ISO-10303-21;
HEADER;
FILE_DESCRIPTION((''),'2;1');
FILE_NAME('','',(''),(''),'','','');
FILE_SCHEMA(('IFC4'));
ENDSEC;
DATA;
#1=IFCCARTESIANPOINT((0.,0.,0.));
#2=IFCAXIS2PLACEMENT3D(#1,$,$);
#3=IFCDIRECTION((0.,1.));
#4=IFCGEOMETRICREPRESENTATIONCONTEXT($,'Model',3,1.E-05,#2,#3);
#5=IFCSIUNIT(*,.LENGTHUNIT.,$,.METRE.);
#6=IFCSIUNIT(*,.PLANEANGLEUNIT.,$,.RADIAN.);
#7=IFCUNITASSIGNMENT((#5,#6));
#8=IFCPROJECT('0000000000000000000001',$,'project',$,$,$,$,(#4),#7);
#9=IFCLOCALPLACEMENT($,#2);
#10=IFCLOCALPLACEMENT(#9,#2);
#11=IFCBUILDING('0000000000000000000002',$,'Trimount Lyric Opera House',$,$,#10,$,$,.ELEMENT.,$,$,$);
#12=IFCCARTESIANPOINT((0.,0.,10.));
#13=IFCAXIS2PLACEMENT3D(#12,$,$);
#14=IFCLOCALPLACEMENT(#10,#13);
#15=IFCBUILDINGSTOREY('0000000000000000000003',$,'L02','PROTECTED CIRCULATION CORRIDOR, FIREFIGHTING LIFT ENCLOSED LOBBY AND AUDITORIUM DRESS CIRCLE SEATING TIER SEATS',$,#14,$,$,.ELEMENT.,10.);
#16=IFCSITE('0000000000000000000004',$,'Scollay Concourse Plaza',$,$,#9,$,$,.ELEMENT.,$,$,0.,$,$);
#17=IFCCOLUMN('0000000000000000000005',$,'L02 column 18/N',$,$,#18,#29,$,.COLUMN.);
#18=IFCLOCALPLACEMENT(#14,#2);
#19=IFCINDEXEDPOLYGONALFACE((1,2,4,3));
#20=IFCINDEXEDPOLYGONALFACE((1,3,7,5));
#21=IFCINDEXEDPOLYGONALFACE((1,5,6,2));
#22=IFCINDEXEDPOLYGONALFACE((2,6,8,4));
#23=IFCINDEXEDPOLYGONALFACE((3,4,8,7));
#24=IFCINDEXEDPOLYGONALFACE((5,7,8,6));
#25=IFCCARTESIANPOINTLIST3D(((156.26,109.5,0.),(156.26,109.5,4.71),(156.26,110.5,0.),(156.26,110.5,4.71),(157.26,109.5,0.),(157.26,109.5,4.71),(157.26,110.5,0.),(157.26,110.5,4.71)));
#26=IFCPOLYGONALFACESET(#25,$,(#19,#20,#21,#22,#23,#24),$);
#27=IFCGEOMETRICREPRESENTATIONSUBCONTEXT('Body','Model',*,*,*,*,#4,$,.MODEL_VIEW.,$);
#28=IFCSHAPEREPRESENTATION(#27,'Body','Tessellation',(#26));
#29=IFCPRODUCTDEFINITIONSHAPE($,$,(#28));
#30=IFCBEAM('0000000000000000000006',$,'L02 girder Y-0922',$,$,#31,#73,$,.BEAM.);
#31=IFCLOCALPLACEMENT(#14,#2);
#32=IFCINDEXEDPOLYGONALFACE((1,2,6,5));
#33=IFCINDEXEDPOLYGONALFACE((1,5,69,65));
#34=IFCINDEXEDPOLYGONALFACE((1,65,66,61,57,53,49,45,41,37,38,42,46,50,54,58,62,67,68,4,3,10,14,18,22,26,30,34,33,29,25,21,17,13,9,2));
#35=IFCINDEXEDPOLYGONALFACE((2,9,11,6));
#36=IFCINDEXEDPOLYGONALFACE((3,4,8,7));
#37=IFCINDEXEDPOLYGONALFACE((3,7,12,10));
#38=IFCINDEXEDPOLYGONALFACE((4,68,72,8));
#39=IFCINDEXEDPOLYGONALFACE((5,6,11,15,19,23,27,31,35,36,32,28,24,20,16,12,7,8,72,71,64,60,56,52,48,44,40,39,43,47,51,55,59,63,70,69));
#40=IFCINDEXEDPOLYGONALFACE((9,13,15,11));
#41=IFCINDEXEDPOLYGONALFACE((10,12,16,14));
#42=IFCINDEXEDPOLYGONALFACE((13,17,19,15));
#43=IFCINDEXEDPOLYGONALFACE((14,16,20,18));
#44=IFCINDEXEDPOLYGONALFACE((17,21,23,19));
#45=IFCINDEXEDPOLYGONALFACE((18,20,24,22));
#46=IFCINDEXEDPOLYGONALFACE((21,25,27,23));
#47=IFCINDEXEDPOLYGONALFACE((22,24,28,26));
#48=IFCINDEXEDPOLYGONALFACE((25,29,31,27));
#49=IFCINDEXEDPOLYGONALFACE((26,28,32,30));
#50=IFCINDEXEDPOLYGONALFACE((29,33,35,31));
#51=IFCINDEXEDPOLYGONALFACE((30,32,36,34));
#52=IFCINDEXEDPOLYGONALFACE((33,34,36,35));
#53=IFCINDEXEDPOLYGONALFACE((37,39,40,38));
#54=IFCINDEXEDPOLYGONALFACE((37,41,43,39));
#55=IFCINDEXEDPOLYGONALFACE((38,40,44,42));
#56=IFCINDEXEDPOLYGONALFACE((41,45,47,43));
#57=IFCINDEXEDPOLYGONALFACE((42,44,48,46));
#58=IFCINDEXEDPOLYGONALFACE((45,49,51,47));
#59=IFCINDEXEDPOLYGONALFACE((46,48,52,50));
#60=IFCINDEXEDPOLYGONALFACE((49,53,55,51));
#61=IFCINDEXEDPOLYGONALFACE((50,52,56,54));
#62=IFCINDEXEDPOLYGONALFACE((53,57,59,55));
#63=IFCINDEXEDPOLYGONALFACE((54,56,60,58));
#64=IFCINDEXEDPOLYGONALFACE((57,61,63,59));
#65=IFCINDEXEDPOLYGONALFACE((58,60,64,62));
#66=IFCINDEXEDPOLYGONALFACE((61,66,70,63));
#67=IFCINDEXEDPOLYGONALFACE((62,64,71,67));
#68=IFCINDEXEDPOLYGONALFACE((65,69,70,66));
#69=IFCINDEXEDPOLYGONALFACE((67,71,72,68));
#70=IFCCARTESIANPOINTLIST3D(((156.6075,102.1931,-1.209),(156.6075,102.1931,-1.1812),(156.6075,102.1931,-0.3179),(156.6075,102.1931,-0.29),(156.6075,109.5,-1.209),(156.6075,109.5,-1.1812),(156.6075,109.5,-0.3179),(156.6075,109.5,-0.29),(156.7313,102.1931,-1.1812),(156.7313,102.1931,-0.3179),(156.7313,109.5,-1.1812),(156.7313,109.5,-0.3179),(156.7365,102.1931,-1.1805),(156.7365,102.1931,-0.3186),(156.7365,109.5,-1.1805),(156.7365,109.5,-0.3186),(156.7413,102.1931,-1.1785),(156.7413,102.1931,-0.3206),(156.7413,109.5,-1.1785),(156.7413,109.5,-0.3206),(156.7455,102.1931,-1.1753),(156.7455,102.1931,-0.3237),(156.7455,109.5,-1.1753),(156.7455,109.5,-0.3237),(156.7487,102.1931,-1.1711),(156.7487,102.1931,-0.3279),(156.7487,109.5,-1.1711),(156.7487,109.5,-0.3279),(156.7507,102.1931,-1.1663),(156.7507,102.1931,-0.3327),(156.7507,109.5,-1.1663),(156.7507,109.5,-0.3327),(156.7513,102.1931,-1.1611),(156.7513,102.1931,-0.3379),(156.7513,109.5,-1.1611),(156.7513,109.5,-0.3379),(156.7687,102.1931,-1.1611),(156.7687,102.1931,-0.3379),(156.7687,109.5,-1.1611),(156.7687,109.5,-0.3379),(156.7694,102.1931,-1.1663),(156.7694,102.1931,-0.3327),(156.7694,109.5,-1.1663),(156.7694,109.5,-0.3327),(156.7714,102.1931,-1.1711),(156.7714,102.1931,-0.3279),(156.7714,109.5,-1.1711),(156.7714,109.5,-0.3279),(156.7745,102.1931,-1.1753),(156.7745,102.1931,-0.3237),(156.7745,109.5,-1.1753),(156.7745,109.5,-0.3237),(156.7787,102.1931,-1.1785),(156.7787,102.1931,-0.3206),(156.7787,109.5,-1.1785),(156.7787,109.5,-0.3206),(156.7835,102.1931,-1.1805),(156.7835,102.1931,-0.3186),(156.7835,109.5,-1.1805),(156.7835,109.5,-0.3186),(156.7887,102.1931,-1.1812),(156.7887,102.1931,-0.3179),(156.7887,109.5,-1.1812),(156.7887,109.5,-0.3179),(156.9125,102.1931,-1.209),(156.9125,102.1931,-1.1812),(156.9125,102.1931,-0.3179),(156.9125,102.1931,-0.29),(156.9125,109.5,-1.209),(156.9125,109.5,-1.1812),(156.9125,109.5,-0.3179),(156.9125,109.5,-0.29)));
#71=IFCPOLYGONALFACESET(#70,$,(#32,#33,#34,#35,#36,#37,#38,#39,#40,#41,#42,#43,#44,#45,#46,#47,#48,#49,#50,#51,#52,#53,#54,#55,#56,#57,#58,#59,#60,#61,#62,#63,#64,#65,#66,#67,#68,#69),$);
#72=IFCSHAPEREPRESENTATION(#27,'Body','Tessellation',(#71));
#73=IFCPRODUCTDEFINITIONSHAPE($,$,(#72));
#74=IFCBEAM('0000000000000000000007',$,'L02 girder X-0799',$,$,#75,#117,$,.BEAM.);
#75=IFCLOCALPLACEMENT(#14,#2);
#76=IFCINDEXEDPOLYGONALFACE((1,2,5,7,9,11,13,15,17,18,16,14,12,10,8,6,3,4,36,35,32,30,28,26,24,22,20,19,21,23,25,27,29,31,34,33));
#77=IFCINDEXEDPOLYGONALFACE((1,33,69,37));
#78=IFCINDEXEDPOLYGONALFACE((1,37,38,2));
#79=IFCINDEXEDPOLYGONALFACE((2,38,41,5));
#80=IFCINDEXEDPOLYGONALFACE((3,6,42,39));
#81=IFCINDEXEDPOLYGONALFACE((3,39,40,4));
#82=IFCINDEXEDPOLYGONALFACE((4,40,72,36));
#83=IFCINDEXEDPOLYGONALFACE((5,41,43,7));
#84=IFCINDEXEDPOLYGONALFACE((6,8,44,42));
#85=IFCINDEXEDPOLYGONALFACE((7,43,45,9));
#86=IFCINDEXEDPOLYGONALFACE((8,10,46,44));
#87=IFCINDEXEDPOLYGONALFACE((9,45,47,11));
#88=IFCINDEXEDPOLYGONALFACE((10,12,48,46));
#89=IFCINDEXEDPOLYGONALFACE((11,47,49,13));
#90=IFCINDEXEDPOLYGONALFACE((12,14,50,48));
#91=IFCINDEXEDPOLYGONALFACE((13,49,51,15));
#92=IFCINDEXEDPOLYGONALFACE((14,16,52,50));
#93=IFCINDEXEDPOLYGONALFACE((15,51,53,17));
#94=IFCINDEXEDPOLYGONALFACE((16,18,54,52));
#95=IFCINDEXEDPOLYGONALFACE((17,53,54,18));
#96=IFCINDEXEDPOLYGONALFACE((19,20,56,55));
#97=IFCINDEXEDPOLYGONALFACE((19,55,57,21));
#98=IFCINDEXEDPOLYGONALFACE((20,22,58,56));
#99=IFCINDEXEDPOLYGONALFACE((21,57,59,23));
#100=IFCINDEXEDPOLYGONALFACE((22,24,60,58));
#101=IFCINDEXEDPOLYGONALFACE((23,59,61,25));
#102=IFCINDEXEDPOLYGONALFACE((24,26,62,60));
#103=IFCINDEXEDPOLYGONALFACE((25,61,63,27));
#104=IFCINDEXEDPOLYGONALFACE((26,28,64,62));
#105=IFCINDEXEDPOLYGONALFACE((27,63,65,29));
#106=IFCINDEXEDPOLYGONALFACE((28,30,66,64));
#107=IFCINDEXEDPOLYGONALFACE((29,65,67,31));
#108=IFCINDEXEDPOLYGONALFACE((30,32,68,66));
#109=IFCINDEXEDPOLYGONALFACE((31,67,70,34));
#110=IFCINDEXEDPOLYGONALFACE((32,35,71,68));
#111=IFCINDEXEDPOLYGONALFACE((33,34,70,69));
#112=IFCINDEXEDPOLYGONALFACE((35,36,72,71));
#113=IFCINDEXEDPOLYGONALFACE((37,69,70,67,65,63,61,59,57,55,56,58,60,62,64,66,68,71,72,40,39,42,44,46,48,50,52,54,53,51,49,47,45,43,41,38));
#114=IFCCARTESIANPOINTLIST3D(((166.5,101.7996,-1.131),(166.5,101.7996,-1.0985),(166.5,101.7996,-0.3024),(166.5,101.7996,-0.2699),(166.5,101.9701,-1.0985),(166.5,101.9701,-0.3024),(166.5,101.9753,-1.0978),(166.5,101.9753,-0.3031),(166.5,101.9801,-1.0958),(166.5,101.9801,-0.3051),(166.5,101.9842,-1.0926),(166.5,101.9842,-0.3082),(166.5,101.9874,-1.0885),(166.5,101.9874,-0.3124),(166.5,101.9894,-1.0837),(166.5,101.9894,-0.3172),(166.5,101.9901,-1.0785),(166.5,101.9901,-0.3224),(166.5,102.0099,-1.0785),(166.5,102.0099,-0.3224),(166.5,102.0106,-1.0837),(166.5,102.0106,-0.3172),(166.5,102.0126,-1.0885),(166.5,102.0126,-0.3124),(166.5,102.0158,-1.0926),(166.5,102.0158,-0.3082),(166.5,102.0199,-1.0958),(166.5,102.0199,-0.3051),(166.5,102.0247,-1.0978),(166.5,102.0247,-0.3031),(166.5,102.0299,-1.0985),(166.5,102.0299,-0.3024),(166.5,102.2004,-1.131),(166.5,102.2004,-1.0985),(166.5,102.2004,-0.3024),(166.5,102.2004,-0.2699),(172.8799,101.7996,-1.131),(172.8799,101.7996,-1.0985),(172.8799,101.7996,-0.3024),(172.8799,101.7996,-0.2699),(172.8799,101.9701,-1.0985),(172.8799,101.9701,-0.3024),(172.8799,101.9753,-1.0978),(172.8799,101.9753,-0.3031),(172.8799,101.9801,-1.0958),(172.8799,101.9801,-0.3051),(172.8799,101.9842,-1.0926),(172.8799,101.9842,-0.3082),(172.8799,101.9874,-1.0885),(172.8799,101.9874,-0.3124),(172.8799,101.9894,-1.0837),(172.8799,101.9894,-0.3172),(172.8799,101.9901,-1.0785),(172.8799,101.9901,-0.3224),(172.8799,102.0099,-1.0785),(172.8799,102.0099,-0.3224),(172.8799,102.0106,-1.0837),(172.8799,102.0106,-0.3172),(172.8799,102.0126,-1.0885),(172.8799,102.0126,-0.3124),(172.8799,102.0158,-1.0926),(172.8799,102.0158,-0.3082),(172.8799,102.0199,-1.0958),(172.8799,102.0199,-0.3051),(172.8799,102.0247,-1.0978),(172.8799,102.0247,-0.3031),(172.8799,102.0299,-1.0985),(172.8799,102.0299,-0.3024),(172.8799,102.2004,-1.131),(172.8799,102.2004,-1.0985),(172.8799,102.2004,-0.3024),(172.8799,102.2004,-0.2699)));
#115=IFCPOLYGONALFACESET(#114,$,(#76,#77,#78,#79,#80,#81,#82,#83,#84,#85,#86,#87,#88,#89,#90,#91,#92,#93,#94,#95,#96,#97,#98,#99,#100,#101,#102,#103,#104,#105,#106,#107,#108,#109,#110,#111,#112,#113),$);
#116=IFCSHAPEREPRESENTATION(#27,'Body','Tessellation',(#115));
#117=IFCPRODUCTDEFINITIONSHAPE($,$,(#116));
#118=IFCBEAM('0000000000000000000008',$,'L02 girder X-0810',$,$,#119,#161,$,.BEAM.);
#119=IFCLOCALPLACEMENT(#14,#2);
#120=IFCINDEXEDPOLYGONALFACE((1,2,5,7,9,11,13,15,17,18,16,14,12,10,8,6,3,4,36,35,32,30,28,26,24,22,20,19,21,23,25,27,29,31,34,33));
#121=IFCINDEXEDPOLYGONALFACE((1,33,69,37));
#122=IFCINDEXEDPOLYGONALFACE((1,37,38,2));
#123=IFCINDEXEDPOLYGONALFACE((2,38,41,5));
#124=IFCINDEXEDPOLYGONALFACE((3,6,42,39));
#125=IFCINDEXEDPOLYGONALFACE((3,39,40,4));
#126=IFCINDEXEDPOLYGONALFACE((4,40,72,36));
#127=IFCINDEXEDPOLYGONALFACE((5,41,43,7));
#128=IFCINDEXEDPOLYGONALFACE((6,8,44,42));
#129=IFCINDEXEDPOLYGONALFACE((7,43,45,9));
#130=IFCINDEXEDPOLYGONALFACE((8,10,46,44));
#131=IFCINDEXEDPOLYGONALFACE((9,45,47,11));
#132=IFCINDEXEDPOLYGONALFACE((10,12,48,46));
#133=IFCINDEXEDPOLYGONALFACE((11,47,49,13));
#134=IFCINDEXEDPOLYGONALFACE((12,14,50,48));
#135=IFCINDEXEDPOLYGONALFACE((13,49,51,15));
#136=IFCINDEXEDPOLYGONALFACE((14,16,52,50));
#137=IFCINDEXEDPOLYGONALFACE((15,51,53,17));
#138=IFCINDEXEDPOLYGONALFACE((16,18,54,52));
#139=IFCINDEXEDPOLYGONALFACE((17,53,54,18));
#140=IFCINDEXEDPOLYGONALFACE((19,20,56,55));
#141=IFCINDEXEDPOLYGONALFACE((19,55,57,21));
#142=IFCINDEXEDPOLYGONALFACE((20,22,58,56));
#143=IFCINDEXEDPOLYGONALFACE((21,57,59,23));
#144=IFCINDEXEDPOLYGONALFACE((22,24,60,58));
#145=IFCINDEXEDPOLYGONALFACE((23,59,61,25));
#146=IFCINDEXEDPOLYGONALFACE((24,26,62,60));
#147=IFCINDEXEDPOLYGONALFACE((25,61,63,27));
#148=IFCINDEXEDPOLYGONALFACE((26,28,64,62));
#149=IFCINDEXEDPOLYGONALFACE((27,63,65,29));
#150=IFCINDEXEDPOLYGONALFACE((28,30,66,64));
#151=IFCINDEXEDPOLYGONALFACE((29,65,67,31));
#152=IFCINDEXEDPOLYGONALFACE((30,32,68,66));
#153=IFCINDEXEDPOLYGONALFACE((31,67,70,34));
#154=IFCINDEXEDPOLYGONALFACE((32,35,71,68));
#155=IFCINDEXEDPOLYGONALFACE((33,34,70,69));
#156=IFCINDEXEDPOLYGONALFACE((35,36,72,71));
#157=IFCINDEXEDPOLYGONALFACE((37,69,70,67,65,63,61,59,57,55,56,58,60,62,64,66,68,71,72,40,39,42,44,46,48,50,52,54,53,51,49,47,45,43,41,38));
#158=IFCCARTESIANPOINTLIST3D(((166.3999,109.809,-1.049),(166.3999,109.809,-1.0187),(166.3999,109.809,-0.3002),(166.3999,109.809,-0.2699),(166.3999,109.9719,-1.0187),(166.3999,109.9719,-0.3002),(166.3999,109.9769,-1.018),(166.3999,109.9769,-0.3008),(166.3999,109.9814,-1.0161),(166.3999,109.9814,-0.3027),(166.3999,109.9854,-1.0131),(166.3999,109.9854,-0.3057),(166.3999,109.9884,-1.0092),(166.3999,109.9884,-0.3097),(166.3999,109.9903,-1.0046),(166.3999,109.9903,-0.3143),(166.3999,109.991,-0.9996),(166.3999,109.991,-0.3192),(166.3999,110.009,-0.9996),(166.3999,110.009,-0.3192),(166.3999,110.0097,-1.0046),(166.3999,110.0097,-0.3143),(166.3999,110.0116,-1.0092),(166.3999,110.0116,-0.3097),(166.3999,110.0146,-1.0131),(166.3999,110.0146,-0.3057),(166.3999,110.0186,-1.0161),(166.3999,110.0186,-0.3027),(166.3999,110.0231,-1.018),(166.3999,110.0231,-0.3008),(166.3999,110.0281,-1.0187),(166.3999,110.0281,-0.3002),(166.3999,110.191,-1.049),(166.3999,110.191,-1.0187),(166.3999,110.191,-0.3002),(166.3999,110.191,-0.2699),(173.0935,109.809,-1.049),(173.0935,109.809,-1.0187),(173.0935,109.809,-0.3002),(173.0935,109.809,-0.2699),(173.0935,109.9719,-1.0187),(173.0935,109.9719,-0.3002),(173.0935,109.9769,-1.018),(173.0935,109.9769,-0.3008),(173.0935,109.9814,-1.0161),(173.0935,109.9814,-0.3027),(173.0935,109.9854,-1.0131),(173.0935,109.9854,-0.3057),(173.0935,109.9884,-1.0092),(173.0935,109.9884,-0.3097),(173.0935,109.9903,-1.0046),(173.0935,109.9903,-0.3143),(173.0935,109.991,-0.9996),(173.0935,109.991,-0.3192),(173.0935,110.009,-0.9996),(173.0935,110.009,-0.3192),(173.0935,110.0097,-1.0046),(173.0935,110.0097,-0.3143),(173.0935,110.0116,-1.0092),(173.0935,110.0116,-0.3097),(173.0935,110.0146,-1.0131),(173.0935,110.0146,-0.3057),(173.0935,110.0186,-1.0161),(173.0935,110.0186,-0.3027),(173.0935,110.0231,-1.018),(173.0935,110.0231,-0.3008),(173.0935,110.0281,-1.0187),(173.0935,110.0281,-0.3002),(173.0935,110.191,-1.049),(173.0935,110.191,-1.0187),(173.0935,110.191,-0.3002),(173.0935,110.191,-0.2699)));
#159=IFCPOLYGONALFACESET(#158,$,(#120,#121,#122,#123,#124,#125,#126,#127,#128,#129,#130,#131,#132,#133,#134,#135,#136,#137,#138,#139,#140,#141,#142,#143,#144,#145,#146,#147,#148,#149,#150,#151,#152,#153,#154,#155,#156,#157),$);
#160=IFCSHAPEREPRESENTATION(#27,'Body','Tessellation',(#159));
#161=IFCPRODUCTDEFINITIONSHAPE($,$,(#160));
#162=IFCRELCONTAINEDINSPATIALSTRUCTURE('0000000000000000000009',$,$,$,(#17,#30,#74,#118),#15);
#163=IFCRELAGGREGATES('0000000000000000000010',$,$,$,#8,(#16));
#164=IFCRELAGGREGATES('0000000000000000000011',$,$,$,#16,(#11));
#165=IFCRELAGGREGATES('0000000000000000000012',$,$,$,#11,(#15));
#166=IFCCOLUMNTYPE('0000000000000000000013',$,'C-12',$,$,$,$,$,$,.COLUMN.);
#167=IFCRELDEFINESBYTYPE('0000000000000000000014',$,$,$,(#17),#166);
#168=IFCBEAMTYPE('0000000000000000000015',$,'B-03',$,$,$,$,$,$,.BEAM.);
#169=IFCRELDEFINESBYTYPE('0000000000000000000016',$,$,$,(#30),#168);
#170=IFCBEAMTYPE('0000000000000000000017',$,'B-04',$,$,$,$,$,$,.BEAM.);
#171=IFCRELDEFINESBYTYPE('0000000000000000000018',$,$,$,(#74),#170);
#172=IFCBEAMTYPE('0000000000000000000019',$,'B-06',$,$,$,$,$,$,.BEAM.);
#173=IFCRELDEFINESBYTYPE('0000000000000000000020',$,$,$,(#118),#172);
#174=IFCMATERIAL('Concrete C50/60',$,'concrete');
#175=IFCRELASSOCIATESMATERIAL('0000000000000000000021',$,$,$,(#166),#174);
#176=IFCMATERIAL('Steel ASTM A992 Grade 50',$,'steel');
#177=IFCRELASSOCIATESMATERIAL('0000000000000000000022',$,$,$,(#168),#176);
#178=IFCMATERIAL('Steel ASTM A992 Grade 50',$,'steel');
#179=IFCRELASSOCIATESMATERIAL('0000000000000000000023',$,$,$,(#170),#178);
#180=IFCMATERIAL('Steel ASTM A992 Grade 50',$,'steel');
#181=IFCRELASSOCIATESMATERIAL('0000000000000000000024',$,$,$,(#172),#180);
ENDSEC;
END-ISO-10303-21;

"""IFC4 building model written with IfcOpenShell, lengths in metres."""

from ifc_helpers import new_model, si_unit, direction, frame, origin, origin_2d, place, context, subcontext, project, spatial, rectangle, i_section, extrude, material, material_profile, profile_set, type_object, element, save


model = new_model("IFC4")

# Units and contexts
model_context = context("Model", 3, precision=1e-05, world=origin(), true_north=direction((0.0, 1.0)))
body_context = subcontext(model_context, "Body", "Model", "MODEL_VIEW")
ifc_project = project(units=[si_unit("LENGTHUNIT", "METRE"), si_unit("PLANEANGLEUNIT", "RADIAN")], contexts=[model_context])

# Site, building, storey
site_placement = place(None, origin())
site = spatial("IfcSite", under=ifc_project, at=site_placement, Name="Scollay Concourse Plaza", CompositionType="ELEMENT", RefElevation=0.0)
building_placement = place(site_placement, origin())
building = spatial("IfcBuilding", under=site, at=building_placement, Name="Trimount Lyric Opera House", CompositionType="ELEMENT")
storey_placement = place(building_placement, frame((0.0, 0.0, 10.0)))
storey = spatial("IfcBuildingStorey", under=building, at=storey_placement, Name="L02", Description="PROTECTED CIRCULATION CORRIDOR, FIREFIGHTING LIFT ENCLOSED LOBBY AND AUDITORIUM DRESS CIRCLE SEATING TIER SEATS", CompositionType="ELEMENT", Elevation=10.0)

# Column
ifc_material_1 = material(Name="Concrete C50/60", Category="concrete")
ifc_material_profile_1 = material_profile(ifc_material_1, rectangle(XDim=1.0, YDim=1.0, at=origin_2d()), Name="RC1000X1000")
ifc_profile_set_1 = profile_set([ifc_material_profile_1], Name="Concrete C50/60")
column_type = type_object("IfcColumnType", Name="C-12", PredefinedType="COLUMN", material=ifc_profile_set_1)
column_placement = place(storey_placement, frame((156.76, 110.0, 0.0), z_axis=(0.0, 0.0, 1.0), x_axis=(1.0, 0.0, 0.0)))
element("IfcColumn", 1, at=column_placement, inside=storey, type_object=column_type, Name="L02 column 18/N", PredefinedType="COLUMN", context=body_context, shape_type="SweptSolid", body=[
    extrude(rectangle(XDim=1.0, YDim=1.0, at=origin_2d()), origin(), (0.0, 0.0, 1.0), 4.71),
])

# Beams
ifc_material_2 = material(Name="Steel ASTM A992 Grade 50", Category="steel")
ifc_material_profile_2 = material_profile(ifc_material_2, i_section(OverallWidth=0.3049, OverallDepth=0.9189, WebThickness=0.0173, FlangeThickness=0.0278, FilletRadius=0.02, at=origin_2d()), Name="W36X170")
ifc_profile_set_2 = profile_set([ifc_material_profile_2], Name="Steel ASTM A992 Grade 50")
beam_type_1 = type_object("IfcBeamType", Name="B-03", PredefinedType="BEAM", material=ifc_profile_set_2)
beam_1_placement = place(storey_placement, frame((156.76, 102.1931, -0.7495), z_axis=(0.0, 1.0, 0.0), x_axis=(-1.0, 0.0, 0.0)))
element("IfcBeam", 2, at=beam_1_placement, inside=storey, type_object=beam_type_1, Name="L02 girder Y-0922", PredefinedType="BEAM", context=body_context, shape_type="SweptSolid", body=[
    extrude(i_section(OverallWidth=0.3049, OverallDepth=0.9189, WebThickness=0.0173, FlangeThickness=0.0278, FilletRadius=0.02, at=origin_2d()), origin(), (0.0, 0.0, 1.0), 7.3069),
])
ifc_material_3 = material(Name="Steel ASTM A992 Grade 50", Category="steel")
ifc_material_profile_3 = material_profile(ifc_material_3, i_section(OverallWidth=0.4009, OverallDepth=0.8611, WebThickness=0.0198, FlangeThickness=0.0325, FilletRadius=0.02, at=origin_2d()), Name="W33X221")
ifc_profile_set_3 = profile_set([ifc_material_profile_3], Name="Steel ASTM A992 Grade 50")
beam_type_2 = type_object("IfcBeamType", Name="B-04", PredefinedType="BEAM", material=ifc_profile_set_3)
beam_2_placement = place(storey_placement, frame((166.5, 102.0, -0.7004), z_axis=(1.0, 0.0, 0.0), x_axis=(0.0, 1.0, 0.0)))
element("IfcBeam", 3, at=beam_2_placement, inside=storey, type_object=beam_type_2, Name="L02 girder X-0799", PredefinedType="BEAM", context=body_context, shape_type="SweptSolid", body=[
    extrude(i_section(OverallWidth=0.4009, OverallDepth=0.8611, WebThickness=0.0198, FlangeThickness=0.0325, FilletRadius=0.02, at=origin_2d()), origin(), (0.0, 0.0, 1.0), 6.3799),
])
ifc_material_4 = material(Name="Steel ASTM A992 Grade 50", Category="steel")
ifc_material_profile_4 = material_profile(ifc_material_4, i_section(OverallWidth=0.3821, OverallDepth=0.7791, WebThickness=0.0181, FlangeThickness=0.0303, FilletRadius=0.019, at=origin_2d()), Name="W30X191")
ifc_profile_set_4 = profile_set([ifc_material_profile_4], Name="Steel ASTM A992 Grade 50")
beam_type_3 = type_object("IfcBeamType", Name="B-06", PredefinedType="BEAM", material=ifc_profile_set_4)
beam_3_placement = place(storey_placement, frame((166.3999, 110.0, -0.6594), z_axis=(1.0, 0.0, 0.0), x_axis=(0.0, 1.0, 0.0)))
element("IfcBeam", 4, at=beam_3_placement, inside=storey, type_object=beam_type_3, Name="L02 girder X-0810", PredefinedType="BEAM", context=body_context, shape_type="SweptSolid", body=[
    extrude(i_section(OverallWidth=0.3821, OverallDepth=0.7791, WebThickness=0.0181, FlangeThickness=0.0303, FilletRadius=0.019, at=origin_2d()), origin(), (0.0, 0.0, 1.0), 6.6936),
])

save(model, "model.ifc")
